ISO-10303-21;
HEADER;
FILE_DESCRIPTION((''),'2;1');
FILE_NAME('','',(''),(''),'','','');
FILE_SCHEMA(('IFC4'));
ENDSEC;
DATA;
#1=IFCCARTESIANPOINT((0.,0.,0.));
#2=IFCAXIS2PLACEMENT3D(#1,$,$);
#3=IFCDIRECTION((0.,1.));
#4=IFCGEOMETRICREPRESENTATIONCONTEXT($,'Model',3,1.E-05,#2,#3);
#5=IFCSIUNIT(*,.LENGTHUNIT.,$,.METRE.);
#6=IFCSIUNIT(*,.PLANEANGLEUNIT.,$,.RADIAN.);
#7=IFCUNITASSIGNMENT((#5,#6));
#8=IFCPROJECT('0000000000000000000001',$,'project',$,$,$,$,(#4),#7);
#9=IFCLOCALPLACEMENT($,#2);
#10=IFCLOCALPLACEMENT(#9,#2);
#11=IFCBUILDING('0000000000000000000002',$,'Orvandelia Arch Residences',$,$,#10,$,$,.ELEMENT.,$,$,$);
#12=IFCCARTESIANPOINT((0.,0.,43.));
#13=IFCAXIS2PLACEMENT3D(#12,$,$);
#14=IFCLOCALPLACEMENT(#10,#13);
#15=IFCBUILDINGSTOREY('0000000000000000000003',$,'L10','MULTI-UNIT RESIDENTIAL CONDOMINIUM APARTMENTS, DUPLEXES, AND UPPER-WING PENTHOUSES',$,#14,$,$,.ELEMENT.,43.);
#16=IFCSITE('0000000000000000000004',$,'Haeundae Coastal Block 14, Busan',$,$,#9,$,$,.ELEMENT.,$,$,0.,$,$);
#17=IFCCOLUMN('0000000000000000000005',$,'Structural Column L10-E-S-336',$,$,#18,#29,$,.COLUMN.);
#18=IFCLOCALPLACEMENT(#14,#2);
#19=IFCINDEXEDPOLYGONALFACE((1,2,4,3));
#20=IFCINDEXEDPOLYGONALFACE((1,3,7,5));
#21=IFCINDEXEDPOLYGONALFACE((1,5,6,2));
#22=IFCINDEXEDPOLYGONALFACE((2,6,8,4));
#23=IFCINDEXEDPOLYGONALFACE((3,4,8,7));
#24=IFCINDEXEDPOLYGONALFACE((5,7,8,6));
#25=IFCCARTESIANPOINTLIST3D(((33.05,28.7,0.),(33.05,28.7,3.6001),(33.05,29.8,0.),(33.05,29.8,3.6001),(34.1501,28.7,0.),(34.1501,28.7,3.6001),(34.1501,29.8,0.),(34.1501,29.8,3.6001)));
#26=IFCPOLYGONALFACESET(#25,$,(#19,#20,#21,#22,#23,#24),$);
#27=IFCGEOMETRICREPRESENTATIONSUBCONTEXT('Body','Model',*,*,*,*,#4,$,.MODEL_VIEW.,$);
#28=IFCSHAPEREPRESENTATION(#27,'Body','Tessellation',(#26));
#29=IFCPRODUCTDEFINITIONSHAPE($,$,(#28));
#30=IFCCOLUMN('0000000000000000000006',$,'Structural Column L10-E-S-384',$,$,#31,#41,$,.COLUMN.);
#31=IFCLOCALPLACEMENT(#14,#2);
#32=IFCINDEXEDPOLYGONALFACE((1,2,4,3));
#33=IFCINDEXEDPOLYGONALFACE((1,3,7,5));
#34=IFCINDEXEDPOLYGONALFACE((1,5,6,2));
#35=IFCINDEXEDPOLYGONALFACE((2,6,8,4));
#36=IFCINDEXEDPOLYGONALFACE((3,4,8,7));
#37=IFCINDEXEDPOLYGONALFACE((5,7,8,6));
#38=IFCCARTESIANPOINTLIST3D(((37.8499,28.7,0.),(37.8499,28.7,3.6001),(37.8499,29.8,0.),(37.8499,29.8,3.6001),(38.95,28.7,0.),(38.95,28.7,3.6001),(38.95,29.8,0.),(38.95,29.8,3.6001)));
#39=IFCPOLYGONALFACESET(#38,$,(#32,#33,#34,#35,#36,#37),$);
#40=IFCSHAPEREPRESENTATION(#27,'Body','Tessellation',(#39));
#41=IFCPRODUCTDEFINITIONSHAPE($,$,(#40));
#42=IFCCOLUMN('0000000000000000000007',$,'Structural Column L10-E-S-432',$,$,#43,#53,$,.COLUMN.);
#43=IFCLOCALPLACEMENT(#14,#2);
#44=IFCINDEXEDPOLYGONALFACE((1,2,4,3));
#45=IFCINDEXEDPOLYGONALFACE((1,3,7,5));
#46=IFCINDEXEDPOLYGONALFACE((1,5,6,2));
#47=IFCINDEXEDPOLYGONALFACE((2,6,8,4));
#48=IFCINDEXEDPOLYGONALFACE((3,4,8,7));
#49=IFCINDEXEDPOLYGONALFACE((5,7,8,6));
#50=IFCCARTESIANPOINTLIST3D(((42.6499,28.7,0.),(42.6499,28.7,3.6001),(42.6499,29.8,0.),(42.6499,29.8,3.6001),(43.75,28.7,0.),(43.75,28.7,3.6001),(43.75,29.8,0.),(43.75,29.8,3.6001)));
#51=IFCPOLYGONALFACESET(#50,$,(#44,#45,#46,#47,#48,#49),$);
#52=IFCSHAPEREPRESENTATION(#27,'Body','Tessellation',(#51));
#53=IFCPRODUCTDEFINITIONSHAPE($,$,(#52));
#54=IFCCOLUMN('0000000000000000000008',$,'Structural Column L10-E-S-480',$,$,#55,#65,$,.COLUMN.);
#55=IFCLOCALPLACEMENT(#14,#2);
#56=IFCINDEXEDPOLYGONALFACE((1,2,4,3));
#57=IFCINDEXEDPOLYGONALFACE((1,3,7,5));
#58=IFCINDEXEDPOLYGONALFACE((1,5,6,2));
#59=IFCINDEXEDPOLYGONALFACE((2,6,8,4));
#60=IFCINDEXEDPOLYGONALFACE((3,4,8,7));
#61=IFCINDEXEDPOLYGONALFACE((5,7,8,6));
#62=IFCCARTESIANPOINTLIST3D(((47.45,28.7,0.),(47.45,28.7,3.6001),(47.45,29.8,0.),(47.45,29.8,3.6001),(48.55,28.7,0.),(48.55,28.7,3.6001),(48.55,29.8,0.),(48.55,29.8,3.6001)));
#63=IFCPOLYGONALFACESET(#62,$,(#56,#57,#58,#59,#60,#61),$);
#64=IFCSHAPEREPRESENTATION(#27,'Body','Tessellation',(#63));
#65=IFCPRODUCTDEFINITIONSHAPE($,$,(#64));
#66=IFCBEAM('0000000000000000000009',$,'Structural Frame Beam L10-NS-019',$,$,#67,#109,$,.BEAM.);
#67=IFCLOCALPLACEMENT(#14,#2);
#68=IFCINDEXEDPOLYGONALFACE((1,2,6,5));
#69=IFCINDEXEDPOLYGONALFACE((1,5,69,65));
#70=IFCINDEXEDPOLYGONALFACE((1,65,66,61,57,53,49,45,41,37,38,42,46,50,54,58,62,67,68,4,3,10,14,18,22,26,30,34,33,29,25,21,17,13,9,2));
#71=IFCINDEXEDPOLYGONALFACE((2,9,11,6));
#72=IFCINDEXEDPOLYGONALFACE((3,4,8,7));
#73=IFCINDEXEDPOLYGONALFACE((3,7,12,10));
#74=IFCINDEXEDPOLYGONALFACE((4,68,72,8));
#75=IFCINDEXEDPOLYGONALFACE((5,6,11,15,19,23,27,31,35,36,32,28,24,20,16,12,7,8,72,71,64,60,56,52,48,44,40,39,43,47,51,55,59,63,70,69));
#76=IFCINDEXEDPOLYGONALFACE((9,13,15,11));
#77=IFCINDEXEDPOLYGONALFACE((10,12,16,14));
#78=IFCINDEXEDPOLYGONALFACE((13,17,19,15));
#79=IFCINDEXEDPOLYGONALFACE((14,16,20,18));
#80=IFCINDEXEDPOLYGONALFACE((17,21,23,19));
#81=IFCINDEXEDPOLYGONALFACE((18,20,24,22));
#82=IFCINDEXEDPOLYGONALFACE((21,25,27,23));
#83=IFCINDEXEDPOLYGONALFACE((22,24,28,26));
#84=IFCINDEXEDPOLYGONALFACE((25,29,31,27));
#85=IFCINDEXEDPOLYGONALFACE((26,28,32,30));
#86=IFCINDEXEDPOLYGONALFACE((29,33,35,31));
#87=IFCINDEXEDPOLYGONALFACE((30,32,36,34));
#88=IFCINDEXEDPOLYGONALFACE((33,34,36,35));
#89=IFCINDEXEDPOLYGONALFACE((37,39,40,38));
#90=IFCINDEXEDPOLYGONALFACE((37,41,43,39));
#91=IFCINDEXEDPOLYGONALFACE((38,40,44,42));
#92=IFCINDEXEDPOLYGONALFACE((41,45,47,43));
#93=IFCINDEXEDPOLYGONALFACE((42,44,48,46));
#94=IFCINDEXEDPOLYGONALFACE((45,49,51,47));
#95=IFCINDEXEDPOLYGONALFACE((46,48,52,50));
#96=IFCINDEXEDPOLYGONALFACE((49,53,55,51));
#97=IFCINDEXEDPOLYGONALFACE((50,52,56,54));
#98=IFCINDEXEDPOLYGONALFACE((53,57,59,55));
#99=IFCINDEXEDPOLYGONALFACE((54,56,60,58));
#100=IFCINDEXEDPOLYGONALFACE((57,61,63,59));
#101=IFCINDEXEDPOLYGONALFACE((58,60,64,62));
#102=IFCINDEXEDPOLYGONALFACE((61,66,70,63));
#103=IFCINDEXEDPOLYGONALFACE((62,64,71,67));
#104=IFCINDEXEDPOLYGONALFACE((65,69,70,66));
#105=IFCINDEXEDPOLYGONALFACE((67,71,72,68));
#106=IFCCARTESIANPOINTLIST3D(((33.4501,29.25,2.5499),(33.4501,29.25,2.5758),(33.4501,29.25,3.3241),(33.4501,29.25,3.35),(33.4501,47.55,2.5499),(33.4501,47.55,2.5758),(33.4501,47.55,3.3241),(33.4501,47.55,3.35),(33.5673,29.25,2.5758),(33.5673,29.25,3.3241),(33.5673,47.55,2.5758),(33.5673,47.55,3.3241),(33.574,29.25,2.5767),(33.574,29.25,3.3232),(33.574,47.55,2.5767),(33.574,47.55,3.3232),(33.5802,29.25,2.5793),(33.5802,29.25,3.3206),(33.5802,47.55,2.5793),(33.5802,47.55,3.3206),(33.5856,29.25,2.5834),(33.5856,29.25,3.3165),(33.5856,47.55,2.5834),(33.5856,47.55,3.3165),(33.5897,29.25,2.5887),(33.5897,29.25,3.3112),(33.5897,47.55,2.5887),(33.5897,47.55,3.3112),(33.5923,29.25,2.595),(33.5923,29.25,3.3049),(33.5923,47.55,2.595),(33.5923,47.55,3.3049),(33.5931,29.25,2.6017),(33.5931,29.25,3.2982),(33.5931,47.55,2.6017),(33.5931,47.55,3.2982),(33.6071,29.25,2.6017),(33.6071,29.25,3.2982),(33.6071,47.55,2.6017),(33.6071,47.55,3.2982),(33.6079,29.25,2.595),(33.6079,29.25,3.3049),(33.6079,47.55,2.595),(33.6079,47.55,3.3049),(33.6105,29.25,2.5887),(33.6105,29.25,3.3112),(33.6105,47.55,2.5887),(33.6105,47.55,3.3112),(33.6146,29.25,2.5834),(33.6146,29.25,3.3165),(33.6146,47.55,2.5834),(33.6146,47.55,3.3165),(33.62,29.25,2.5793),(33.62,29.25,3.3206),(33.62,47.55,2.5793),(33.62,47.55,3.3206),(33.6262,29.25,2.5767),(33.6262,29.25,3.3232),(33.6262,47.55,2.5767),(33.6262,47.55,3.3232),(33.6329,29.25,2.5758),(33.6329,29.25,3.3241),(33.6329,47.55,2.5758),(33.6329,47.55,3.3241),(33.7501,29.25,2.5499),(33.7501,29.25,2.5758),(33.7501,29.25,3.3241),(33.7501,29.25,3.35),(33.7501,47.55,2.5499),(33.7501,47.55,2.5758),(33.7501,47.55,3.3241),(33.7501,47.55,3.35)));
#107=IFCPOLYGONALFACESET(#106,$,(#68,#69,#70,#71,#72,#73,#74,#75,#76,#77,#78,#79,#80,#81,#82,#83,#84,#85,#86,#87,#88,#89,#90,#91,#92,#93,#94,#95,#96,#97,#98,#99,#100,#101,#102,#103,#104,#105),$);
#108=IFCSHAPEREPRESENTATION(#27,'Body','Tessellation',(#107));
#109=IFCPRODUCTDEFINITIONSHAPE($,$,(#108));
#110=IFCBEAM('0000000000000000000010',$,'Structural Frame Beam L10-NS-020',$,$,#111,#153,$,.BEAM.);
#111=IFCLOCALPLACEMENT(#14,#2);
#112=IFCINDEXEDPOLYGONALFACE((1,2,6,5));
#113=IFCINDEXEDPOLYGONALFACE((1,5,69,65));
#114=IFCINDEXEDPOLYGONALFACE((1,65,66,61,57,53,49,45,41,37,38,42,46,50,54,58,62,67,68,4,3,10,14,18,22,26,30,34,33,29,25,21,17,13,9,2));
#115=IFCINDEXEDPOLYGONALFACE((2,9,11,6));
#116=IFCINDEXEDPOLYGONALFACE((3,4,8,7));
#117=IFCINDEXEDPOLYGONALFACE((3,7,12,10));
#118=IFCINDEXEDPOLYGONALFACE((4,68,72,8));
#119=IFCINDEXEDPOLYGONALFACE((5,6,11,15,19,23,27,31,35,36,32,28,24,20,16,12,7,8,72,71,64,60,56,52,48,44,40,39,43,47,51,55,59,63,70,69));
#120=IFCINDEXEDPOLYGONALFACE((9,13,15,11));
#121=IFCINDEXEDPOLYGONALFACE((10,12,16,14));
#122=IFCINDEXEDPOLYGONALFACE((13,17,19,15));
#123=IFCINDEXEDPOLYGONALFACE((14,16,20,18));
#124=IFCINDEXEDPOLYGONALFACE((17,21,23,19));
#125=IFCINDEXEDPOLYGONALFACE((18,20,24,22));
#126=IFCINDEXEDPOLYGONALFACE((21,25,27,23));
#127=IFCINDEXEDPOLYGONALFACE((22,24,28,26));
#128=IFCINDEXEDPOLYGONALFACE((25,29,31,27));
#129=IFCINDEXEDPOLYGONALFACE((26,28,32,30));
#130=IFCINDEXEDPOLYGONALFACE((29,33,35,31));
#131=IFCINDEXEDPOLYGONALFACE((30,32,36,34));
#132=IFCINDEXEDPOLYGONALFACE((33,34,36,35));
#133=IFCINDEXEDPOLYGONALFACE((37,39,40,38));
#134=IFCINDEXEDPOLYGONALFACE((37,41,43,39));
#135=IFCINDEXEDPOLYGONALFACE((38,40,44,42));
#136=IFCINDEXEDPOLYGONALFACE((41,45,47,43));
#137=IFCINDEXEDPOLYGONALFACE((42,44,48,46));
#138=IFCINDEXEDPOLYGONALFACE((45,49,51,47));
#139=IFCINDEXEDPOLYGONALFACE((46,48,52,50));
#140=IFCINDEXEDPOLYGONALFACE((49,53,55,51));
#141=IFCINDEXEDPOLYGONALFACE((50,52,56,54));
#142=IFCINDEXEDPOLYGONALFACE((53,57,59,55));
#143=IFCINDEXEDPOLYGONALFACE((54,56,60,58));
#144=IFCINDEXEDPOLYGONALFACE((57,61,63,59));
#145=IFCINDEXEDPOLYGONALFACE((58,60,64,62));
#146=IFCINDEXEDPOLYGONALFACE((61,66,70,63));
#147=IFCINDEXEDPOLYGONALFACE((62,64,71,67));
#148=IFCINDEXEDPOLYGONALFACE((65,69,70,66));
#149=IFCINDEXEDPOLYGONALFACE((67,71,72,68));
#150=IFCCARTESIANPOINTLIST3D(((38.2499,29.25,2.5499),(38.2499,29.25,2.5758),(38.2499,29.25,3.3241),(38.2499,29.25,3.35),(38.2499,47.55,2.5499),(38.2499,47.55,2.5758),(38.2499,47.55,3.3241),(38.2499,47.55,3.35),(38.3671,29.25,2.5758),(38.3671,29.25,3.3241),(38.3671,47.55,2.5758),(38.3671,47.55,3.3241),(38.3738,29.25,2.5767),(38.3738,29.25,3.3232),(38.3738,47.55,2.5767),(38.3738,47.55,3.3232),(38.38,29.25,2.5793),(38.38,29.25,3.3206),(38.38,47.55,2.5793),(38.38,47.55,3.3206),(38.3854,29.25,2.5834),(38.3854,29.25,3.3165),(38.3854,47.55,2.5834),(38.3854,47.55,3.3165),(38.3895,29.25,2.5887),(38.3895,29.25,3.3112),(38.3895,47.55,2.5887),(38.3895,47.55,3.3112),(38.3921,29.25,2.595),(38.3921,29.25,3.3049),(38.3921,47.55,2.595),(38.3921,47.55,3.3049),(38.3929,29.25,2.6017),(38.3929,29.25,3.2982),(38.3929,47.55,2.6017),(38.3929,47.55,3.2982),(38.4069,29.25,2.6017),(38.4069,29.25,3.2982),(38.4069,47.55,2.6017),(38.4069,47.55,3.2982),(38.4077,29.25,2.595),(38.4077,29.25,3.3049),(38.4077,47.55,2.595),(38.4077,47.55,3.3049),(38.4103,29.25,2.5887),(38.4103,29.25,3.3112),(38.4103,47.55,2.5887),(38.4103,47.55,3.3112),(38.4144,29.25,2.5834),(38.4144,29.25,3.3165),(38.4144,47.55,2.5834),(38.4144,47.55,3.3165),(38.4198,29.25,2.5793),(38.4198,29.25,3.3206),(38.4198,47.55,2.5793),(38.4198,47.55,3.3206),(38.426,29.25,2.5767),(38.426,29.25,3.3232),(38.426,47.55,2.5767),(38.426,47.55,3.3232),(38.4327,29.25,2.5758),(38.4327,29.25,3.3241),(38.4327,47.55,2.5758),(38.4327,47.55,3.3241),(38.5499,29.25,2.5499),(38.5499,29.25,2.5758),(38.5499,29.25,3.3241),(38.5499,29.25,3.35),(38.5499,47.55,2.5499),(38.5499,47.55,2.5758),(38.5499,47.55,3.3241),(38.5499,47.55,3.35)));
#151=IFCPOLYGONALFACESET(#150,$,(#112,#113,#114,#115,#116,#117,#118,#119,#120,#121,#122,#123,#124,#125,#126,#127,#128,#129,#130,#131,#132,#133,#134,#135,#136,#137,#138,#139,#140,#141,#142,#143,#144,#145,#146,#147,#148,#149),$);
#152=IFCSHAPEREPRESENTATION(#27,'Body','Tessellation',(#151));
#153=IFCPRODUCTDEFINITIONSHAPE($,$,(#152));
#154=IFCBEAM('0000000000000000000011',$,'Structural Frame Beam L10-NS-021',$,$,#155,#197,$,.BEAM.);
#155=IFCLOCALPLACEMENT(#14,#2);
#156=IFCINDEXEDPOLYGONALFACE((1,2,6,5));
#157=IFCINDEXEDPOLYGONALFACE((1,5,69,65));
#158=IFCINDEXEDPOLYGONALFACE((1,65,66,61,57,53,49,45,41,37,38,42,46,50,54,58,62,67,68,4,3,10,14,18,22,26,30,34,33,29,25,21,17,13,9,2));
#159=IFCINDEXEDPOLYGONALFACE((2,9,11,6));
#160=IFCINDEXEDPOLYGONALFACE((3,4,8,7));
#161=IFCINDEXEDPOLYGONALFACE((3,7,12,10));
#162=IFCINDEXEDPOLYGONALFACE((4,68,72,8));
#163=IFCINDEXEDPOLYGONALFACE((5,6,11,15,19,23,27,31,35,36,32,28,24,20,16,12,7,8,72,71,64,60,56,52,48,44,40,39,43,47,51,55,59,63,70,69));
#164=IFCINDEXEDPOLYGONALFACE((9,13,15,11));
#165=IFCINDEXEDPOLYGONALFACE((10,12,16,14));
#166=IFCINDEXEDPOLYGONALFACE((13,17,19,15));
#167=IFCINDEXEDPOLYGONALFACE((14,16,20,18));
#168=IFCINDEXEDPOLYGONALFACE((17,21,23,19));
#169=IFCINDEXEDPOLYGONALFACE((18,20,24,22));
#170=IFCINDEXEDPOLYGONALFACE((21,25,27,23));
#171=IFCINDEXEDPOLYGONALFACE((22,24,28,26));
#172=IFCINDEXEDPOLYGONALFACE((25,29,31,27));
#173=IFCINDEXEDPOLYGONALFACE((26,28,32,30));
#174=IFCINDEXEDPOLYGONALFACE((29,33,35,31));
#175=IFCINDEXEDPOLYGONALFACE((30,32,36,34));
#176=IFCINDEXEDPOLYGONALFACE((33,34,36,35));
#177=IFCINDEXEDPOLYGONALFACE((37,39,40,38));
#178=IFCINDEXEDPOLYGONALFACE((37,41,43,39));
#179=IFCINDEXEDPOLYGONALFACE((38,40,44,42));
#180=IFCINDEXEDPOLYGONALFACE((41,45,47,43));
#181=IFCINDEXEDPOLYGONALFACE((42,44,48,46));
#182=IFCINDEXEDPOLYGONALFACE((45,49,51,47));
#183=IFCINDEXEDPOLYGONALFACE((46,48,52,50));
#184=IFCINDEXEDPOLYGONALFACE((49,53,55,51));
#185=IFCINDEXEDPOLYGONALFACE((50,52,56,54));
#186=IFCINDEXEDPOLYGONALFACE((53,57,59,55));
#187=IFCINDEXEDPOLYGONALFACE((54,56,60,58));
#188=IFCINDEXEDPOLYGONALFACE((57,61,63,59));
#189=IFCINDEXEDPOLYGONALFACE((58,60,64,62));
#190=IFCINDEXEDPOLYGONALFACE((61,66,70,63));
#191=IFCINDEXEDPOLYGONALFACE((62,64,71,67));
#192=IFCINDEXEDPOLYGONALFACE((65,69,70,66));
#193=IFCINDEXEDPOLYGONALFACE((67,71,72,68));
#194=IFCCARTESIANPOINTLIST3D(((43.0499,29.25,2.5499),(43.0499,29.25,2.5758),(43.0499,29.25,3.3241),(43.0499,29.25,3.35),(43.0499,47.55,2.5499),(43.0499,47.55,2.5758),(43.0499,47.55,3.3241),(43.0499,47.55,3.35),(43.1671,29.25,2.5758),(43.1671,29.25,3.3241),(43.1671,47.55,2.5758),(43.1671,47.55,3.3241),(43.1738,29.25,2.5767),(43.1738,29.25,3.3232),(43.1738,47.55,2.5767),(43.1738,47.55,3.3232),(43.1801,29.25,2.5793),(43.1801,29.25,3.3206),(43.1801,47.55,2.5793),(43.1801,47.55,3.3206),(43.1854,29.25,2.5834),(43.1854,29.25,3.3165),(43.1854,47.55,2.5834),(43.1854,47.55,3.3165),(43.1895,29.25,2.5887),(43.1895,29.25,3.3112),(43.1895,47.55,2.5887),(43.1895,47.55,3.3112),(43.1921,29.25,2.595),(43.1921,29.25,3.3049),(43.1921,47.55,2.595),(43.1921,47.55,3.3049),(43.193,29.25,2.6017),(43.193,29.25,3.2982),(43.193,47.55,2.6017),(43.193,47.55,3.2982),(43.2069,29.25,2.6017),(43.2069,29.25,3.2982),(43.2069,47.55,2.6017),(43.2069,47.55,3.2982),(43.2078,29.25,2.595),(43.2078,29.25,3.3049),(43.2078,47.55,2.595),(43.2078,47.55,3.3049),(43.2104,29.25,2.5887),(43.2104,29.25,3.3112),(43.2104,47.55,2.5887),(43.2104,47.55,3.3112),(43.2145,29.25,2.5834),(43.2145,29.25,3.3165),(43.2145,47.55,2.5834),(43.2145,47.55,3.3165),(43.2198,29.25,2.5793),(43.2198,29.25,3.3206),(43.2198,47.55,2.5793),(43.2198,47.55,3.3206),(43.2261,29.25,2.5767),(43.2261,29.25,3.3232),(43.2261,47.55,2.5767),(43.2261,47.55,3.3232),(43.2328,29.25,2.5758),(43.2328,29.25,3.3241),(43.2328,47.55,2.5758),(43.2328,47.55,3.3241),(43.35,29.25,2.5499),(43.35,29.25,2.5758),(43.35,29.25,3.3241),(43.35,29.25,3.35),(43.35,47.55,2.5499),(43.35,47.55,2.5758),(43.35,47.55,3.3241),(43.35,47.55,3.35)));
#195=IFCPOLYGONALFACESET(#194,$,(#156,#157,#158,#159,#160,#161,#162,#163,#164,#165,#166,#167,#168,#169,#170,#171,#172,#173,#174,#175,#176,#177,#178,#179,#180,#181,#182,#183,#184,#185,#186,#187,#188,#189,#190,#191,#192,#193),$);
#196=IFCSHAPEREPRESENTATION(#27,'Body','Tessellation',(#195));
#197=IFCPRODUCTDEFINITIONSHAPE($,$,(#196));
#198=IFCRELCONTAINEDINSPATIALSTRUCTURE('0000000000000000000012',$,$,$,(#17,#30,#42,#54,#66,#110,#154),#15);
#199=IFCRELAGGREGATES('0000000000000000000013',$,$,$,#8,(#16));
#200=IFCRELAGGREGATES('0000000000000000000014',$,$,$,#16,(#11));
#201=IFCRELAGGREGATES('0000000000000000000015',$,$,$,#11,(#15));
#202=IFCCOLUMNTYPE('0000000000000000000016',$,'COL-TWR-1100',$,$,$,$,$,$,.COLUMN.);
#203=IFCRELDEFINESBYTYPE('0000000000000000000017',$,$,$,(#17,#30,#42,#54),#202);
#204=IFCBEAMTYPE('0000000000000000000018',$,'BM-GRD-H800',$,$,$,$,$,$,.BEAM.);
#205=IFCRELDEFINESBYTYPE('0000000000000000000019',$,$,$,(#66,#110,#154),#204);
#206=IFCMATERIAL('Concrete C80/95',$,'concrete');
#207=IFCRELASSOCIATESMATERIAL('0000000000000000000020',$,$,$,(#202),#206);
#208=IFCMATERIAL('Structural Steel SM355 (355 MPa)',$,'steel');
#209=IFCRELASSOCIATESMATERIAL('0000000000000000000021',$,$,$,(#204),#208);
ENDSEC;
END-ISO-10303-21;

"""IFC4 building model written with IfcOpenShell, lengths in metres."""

from ifc_helpers import new_model, si_unit, direction, frame, origin, origin_2d, place, context, subcontext, project, spatial, rectangle, i_section, extrude, material, material_profile, profile_set, type_object, element, save


model = new_model("IFC4")

# Units and contexts
model_context = context("Model", 3, precision=1e-05, world=origin(), true_north=direction((0.0, 1.0)))
body_context = subcontext(model_context, "Body", "Model", "MODEL_VIEW")
ifc_project = project(units=[si_unit("LENGTHUNIT", "METRE"), si_unit("PLANEANGLEUNIT", "RADIAN")], contexts=[model_context])

# Site, building, storey
site_placement = place(None, origin())
site = spatial("IfcSite", under=ifc_project, at=site_placement, Name="Haeundae Coastal Block 14, Busan", CompositionType="ELEMENT", RefElevation=0.0)
building_placement = place(site_placement, origin())
building = spatial("IfcBuilding", under=site, at=building_placement, Name="Orvandelia Arch Residences", CompositionType="ELEMENT")
storey_placement = place(building_placement, frame((0.0, 0.0, 43.0)))
storey = spatial("IfcBuildingStorey", under=building, at=storey_placement, Name="L10", Description="MULTI-UNIT RESIDENTIAL CONDOMINIUM APARTMENTS, DUPLEXES, AND UPPER-WING PENTHOUSES", CompositionType="ELEMENT", Elevation=43.0)

# Columns
ifc_material_1 = material(Name="Concrete C80/95", Category="concrete")
ifc_material_profile_1 = material_profile(ifc_material_1, rectangle(XDim=1.1001, YDim=1.1001, at=origin_2d()), Name="Concrete C80/95", Category="concrete")
ifc_profile_set_1 = profile_set([ifc_material_profile_1], Name="Concrete C80/95")
column_type = type_object("IfcColumnType", Name="COL-TWR-1100", PredefinedType="COLUMN", material=ifc_profile_set_1)
for number, where, z_axis, x_axis, name in (
    (1, (33.6001, 29.25, 0.0), (0.0, 0.0, 1.0), (1.0, 0.0, 0.0), "Structural Column L10-E-S-336"),
    (2, (38.3999, 29.25, 0.0), (0.0, 0.0, 1.0), (1.0, 0.0, 0.0), "Structural Column L10-E-S-384"),
    (3, (43.2, 29.25, 0.0), (0.0, 0.0, 1.0), (1.0, 0.0, 0.0), "Structural Column L10-E-S-432"),
    (4, (48.0, 29.25, 0.0), (0.0, 0.0, 1.0), (1.0, 0.0, 0.0), "Structural Column L10-E-S-480"),
):
    element("IfcColumn", number, at=place(storey_placement, frame(where, z_axis=z_axis, x_axis=x_axis)), inside=storey, type_object=column_type, Name=name, PredefinedType="COLUMN", context=body_context, shape_type="SweptSolid", body=[
        extrude(rectangle(XDim=1.1001, YDim=1.1001, at=origin_2d()), origin(), (0.0, 0.0, 1.0), 3.6001),
    ])

# Beams
ifc_material_2 = material(Name="Structural Steel SM355 (355 MPa)", Category="steel")
ifc_material_profile_2 = material_profile(ifc_material_2, i_section(OverallWidth=0.3, OverallDepth=0.8, WebThickness=0.0139, FlangeThickness=0.0259, FilletRadius=0.0259, at=origin_2d()), Name="Structural Steel SM355 (355 MPa)", Category="steel")
ifc_profile_set_2 = profile_set([ifc_material_profile_2], Name="Structural Steel SM355 (355 MPa)")
beam_type = type_object("IfcBeamType", Name="BM-GRD-H800", PredefinedType="BEAM", material=ifc_profile_set_2)
for number, where, z_axis, x_axis, name in (
    (5, (33.6001, 29.25, 2.95), (0.0, 1.0, 0.0), (-1.0, 0.0, 0.0), "Structural Frame Beam L10-NS-019"),
    (6, (38.3999, 29.25, 2.95), (0.0, 1.0, 0.0), (-1.0, 0.0, 0.0), "Structural Frame Beam L10-NS-020"),
    (7, (43.2, 29.25, 2.95), (0.0, 1.0, 0.0), (-1.0, 0.0, 0.0), "Structural Frame Beam L10-NS-021"),
):
    element("IfcBeam", number, at=place(storey_placement, frame(where, z_axis=z_axis, x_axis=x_axis)), inside=storey, type_object=beam_type, Name=name, PredefinedType="BEAM", context=body_context, shape_type="SweptSolid", body=[
        extrude(i_section(OverallWidth=0.3, OverallDepth=0.8, WebThickness=0.0139, FlangeThickness=0.0259, FilletRadius=0.0259, at=origin_2d()), origin(), (0.0, 0.0, 1.0), 18.3),
    ])

save(model, "model.ifc")
